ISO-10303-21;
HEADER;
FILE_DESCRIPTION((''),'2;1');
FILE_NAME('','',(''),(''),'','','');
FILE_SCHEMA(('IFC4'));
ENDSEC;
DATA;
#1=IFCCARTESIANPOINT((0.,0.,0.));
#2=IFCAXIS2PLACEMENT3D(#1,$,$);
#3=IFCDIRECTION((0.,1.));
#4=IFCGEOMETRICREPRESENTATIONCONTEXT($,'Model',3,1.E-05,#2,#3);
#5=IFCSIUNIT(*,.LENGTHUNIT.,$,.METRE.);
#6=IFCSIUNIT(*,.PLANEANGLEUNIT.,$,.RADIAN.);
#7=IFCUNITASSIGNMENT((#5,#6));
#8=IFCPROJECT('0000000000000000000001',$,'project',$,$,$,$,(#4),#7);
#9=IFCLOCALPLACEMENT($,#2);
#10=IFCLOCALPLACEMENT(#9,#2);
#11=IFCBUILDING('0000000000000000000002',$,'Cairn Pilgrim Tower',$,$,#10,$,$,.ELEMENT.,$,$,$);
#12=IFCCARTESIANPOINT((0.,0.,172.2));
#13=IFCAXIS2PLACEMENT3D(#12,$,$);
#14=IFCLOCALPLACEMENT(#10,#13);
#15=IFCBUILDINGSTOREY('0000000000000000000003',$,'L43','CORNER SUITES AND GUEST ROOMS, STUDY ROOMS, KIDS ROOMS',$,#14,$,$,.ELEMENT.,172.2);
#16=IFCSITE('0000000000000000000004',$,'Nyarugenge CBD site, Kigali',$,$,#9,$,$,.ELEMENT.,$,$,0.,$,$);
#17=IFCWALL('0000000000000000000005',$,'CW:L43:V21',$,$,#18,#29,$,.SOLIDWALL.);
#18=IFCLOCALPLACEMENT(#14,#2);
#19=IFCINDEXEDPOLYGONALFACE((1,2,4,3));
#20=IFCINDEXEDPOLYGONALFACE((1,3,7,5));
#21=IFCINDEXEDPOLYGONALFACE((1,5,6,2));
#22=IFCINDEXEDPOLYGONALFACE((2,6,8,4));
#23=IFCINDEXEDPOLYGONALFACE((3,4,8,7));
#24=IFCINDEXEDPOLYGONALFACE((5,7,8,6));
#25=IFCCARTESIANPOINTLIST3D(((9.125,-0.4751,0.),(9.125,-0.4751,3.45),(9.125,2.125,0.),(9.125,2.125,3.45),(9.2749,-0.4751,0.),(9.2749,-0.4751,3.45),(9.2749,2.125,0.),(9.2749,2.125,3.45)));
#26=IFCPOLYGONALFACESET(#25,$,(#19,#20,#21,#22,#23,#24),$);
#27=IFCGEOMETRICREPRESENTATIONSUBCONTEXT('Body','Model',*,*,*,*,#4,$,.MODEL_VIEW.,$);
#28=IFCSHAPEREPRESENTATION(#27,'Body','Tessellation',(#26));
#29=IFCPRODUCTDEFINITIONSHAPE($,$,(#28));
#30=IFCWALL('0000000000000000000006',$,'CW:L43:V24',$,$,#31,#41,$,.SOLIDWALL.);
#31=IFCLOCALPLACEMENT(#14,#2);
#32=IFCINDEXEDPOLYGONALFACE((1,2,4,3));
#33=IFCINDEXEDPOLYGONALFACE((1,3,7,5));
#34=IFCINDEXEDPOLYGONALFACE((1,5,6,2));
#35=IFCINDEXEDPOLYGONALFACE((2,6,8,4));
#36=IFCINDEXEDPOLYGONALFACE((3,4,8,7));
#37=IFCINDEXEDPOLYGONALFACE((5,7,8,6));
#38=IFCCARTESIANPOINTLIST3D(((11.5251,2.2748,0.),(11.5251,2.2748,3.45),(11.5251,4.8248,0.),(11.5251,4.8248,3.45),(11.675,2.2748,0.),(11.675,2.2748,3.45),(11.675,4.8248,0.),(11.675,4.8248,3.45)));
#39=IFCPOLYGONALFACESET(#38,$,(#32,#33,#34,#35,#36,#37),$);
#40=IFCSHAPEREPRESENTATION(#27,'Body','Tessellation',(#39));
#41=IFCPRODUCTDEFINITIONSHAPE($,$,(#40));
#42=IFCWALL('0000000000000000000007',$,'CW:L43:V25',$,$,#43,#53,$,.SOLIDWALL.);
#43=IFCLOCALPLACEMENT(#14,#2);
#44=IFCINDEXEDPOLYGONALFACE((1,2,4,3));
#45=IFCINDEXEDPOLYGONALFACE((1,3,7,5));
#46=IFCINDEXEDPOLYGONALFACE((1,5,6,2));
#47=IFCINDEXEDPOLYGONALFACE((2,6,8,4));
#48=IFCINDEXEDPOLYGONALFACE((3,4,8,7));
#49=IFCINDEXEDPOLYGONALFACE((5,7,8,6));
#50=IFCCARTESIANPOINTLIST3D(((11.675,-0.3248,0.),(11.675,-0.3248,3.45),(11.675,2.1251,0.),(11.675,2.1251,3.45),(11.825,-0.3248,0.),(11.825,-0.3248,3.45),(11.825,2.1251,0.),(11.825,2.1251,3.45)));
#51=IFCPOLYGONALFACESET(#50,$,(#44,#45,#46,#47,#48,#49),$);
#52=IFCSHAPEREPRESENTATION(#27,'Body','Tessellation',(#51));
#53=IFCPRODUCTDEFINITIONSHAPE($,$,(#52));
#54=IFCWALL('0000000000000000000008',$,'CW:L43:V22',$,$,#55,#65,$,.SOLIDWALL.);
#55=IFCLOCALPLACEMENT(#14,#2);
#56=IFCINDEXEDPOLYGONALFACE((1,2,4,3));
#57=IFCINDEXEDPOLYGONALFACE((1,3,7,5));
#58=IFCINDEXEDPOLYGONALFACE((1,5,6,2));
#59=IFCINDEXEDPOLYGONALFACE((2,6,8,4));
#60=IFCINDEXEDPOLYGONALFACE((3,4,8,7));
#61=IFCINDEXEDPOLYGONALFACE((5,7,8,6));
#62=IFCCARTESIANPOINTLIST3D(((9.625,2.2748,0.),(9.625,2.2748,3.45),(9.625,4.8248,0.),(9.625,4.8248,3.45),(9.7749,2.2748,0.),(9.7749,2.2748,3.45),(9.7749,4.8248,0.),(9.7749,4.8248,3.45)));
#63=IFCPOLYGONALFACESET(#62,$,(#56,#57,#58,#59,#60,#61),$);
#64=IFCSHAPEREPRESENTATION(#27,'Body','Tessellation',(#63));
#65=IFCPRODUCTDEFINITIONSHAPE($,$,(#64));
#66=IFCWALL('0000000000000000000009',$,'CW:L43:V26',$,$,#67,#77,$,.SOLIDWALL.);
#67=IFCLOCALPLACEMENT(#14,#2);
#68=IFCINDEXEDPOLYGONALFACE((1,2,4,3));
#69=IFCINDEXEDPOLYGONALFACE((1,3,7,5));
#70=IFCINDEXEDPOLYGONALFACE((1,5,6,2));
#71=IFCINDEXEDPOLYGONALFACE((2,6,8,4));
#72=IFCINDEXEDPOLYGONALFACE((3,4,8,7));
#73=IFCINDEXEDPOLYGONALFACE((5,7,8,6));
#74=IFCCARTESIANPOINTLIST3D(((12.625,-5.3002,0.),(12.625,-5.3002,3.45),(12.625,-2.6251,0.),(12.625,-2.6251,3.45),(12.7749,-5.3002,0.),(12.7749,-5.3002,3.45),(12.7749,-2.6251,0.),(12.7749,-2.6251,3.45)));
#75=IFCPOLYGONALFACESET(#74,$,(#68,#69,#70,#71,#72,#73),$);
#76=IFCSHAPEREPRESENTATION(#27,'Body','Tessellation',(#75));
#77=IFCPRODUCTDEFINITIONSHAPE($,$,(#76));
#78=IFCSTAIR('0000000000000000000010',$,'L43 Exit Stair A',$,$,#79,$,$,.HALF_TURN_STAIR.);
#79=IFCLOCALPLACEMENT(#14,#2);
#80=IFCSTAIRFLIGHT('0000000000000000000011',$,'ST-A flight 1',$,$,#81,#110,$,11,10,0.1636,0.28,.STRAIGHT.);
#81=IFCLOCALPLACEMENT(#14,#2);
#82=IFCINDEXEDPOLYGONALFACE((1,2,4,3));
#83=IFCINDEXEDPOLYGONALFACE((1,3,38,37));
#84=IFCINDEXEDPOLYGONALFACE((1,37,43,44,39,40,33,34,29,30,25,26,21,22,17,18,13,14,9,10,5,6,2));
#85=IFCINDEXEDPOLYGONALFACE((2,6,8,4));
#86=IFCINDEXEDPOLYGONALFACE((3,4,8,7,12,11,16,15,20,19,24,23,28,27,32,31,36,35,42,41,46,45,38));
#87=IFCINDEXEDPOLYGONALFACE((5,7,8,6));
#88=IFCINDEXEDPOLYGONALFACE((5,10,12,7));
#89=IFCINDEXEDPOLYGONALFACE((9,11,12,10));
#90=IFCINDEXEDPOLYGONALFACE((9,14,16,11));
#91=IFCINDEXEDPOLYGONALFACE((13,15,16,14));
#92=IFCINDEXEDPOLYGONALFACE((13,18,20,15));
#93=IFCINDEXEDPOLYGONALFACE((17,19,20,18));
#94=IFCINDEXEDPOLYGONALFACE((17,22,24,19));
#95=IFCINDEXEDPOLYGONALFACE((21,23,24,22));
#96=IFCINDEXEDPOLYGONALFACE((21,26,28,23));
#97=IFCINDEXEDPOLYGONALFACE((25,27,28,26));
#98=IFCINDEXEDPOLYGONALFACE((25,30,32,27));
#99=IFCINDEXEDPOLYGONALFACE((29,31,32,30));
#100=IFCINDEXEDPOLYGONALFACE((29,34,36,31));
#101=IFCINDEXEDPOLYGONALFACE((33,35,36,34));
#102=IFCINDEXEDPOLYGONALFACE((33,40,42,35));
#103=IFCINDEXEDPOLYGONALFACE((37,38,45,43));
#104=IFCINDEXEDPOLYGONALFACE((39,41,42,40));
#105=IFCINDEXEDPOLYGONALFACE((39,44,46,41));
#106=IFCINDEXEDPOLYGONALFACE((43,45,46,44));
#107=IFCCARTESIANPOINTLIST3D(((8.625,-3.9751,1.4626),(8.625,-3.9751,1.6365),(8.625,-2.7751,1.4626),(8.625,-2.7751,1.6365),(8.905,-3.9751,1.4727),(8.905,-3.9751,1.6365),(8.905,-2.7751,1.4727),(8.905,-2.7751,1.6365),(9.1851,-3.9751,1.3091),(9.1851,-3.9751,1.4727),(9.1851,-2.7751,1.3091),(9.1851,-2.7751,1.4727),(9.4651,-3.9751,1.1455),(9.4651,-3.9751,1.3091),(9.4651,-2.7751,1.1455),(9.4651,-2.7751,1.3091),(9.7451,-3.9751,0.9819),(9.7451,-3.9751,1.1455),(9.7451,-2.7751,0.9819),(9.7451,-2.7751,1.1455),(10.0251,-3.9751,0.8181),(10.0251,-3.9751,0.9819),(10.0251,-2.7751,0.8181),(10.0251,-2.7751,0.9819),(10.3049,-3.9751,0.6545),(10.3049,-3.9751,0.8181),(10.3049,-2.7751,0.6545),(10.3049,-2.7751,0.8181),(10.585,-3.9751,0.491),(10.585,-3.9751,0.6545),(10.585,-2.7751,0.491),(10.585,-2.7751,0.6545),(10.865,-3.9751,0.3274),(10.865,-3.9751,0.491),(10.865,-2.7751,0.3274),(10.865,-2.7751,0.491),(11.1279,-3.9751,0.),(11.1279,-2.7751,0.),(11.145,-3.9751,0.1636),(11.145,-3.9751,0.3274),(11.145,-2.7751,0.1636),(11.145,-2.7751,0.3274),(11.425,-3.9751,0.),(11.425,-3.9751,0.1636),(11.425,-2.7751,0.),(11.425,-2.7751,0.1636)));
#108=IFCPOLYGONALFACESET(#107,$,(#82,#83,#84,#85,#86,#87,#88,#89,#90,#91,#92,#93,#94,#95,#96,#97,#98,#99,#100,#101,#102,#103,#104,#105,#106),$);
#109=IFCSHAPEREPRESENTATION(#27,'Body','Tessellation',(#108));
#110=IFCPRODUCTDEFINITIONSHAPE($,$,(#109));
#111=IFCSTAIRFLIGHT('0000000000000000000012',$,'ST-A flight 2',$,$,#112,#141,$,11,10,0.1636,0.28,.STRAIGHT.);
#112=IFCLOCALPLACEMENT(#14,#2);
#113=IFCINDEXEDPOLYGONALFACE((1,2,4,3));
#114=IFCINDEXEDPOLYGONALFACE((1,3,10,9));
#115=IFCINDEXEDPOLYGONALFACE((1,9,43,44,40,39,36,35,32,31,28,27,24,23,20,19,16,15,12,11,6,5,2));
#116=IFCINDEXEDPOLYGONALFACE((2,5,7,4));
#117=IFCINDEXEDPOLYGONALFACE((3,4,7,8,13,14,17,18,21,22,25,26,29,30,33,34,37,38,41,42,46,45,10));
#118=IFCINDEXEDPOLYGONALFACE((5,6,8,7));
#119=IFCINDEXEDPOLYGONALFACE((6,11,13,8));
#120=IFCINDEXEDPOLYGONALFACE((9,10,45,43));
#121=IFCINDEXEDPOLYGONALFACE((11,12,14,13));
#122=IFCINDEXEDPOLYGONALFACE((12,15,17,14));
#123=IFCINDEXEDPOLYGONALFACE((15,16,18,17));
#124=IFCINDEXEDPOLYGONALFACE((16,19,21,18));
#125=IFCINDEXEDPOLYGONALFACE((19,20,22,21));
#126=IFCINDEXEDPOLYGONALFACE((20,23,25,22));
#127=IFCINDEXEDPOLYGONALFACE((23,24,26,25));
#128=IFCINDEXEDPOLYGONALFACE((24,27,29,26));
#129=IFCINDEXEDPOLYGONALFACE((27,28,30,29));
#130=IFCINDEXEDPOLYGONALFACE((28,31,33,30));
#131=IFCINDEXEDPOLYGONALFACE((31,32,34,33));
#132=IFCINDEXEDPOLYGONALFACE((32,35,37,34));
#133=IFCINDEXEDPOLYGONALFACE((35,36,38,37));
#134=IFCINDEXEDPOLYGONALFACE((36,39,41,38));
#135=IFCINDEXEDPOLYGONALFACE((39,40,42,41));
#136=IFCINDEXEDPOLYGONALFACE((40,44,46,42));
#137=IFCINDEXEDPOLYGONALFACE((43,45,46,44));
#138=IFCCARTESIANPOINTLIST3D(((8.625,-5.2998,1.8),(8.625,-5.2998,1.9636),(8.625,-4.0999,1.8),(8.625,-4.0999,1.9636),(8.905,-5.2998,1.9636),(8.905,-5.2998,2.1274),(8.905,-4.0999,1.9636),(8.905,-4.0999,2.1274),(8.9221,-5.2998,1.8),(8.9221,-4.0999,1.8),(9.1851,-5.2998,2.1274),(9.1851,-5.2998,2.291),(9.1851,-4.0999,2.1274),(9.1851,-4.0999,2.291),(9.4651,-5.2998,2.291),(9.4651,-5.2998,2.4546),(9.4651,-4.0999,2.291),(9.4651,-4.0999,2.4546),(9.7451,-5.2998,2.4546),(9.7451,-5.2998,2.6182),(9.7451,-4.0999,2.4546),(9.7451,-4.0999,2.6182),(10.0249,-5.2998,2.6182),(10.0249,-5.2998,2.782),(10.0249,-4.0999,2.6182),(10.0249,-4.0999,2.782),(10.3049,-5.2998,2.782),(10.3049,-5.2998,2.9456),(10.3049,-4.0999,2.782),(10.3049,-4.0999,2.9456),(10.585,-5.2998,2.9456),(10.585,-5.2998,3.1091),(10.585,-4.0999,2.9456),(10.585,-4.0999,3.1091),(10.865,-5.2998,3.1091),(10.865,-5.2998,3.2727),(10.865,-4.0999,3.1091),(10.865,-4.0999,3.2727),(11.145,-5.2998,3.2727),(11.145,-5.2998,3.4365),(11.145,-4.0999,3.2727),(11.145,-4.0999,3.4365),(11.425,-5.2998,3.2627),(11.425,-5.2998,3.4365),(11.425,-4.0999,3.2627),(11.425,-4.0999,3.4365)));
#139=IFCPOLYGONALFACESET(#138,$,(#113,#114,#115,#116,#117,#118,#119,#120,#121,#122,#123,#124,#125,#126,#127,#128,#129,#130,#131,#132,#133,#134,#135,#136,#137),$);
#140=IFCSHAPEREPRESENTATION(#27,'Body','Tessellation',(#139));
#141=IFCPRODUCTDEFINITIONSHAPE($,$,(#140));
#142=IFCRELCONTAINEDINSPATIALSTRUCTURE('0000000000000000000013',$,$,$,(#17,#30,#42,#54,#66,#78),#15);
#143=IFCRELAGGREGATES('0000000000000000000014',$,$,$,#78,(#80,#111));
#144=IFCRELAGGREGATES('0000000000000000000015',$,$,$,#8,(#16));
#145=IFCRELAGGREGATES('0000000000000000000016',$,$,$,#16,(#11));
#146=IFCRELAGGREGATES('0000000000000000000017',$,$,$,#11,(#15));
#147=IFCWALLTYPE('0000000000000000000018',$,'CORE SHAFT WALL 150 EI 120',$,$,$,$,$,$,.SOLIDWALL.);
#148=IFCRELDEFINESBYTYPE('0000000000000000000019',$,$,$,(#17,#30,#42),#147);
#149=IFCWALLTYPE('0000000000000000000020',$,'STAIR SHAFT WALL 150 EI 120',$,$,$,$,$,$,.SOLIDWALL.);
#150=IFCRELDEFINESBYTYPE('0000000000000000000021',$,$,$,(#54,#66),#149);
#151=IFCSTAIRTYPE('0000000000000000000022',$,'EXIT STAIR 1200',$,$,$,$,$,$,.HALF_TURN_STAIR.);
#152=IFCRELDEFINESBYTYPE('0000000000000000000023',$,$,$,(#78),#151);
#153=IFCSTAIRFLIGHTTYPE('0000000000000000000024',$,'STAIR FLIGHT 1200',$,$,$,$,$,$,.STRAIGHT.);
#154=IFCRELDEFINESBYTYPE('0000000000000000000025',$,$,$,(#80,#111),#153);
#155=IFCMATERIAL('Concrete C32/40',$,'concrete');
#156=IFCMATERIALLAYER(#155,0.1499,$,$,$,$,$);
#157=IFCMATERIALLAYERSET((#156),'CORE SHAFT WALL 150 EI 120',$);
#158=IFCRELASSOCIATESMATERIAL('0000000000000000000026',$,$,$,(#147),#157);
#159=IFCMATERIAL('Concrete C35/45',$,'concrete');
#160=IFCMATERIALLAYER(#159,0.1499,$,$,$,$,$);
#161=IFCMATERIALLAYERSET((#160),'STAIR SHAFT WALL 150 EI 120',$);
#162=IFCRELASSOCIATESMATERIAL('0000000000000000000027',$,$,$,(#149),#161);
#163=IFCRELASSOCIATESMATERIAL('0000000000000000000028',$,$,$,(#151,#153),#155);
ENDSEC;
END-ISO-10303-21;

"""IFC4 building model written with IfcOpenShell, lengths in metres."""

from ifc_helpers import new_model, si_unit, direction, frame, frame_2d, origin, place, context, subcontext, project, spatial, polyline, rectangle, outline, extrude, material, layer, layer_set, type_object, element, aggregate, save


model = new_model("IFC4")

# Units and contexts
model_context = context("Model", 3, precision=1e-05, world=origin(), true_north=direction((0.0, 1.0)))
body_context = subcontext(model_context, "Body", "Model", "MODEL_VIEW")
ifc_project = project(units=[si_unit("LENGTHUNIT", "METRE"), si_unit("PLANEANGLEUNIT", "RADIAN")], contexts=[model_context])

# Site, building, storey
site_placement = place(None, origin())
site = spatial("IfcSite", under=ifc_project, at=site_placement, Name="Nyarugenge CBD site, Kigali", CompositionType="ELEMENT", RefElevation=0.0)
building_placement = place(site_placement, origin())
building = spatial("IfcBuilding", under=site, at=building_placement, Name="Cairn Pilgrim Tower", CompositionType="ELEMENT")
storey_placement = place(building_placement, frame((0.0, 0.0, 172.2)))
storey = spatial("IfcBuildingStorey", under=building, at=storey_placement, Name="L43", Description="CORNER SUITES AND GUEST ROOMS, STUDY ROOMS, KIDS ROOMS", CompositionType="ELEMENT", Elevation=172.2)

# Shared definitions
ifc_material_1 = material(Name="Concrete C32/40", Category="concrete")

# Shared definitions
ifc_layer_1 = layer(ifc_material_1, 0.1499)
ifc_layer_set_1 = layer_set([ifc_layer_1], Name="CORE SHAFT WALL 150 EI 120")
wall_type_1 = type_object("IfcWallType", Name="CORE SHAFT WALL 150 EI 120", PredefinedType="SOLIDWALL", material=ifc_layer_set_1)

# Walls
wall_1_placement = place(storey_placement, frame((9.2, -0.4751, 0.0), z_axis=(0.0, 0.0, 1.0), x_axis=(0.0, 1.0, 0.0)))
element("IfcWall", 1, at=wall_1_placement, inside=storey, type_object=wall_type_1, Name="CW:L43:V21", PredefinedType="SOLIDWALL", context=body_context, shape_type="SweptSolid", body=[
    extrude(rectangle(XDim=2.6001, YDim=0.1499, at=frame_2d((1.3, 0.0))), origin(), (0.0, 0.0, 1.0), 3.45),
])
wall_2_placement = place(storey_placement, frame((11.6001, 2.2749, 0.0), z_axis=(0.0, 0.0, 1.0), x_axis=(0.0, 1.0, 0.0)))
element("IfcWall", 2, at=wall_2_placement, inside=storey, type_object=wall_type_1, Name="CW:L43:V24", PredefinedType="SOLIDWALL", context=body_context, shape_type="SweptSolid", body=[
    extrude(rectangle(XDim=2.55, YDim=0.1499, at=frame_2d((1.2749, 0.0))), origin(), (0.0, 0.0, 1.0), 3.45),
])
wall_3_placement = place(storey_placement, frame((11.75, -0.325, 0.0), z_axis=(0.0, 0.0, 1.0), x_axis=(0.0, 1.0, 0.0)))
element("IfcWall", 3, at=wall_3_placement, inside=storey, type_object=wall_type_1, Name="CW:L43:V25", PredefinedType="SOLIDWALL", context=body_context, shape_type="SweptSolid", body=[
    extrude(rectangle(XDim=2.45, YDim=0.1499, at=frame_2d((1.2251, 0.0))), origin(), (0.0, 0.0, 1.0), 3.45),
])
ifc_material_2 = material(Name="Concrete C35/45", Category="concrete")
ifc_layer_2 = layer(ifc_material_2, 0.1499)
ifc_layer_set_2 = layer_set([ifc_layer_2], Name="STAIR SHAFT WALL 150 EI 120")
wall_type_2 = type_object("IfcWallType", Name="STAIR SHAFT WALL 150 EI 120", PredefinedType="SOLIDWALL", material=ifc_layer_set_2)
wall_4_placement = place(storey_placement, frame((9.7, 2.2749, 0.0), z_axis=(0.0, 0.0, 1.0), x_axis=(0.0, 1.0, 0.0)))
element("IfcWall", 4, at=wall_4_placement, inside=storey, type_object=wall_type_2, Name="CW:L43:V22", PredefinedType="SOLIDWALL", context=body_context, shape_type="SweptSolid", body=[
    extrude(rectangle(XDim=2.55, YDim=0.1499, at=frame_2d((1.2749, 0.0))), origin(), (0.0, 0.0, 1.0), 3.45),
])
wall_5_placement = place(storey_placement, frame((12.7, -5.3, 0.0), z_axis=(0.0, 0.0, 1.0), x_axis=(0.0, 1.0, 0.0)))
element("IfcWall", 5, at=wall_5_placement, inside=storey, type_object=wall_type_2, Name="CW:L43:V26", PredefinedType="SOLIDWALL", context=body_context, shape_type="SweptSolid", body=[
    extrude(rectangle(XDim=2.675, YDim=0.1499, at=frame_2d((1.3374, 0.0))), origin(), (0.0, 0.0, 1.0), 3.45),
])

# Stair, stair flights
stair_type = type_object("IfcStairType", Name="EXIT STAIR 1200", PredefinedType="HALF_TURN_STAIR", material=ifc_material_1)
stair_placement = place(storey_placement, origin())
stair = element("IfcStair", 6, at=stair_placement, inside=storey, type_object=stair_type, Name="L43 Exit Stair A", PredefinedType="HALF_TURN_STAIR")
stair_flight_type = type_object("IfcStairFlightType", Name="STAIR FLIGHT 1200", PredefinedType="STRAIGHT", material=ifc_material_1)
stair_flight_1_placement = place(storey_placement, frame((11.425, -3.375, 0.0), z_axis=(0.0, 0.0, 1.0), x_axis=(-1.0, 0.0, 0.0)))
stair_flight_1 = element("IfcStairFlight", 7, at=stair_flight_1_placement, type_object=stair_flight_type, Name="ST-A flight 1", NumberOfRisers=11, NumberOfTreads=10, PredefinedType="STRAIGHT", RiserHeight=0.1636, TreadLength=0.28, context=body_context, shape_type="SweptSolid", body=[
    extrude(outline(polyline([(0.0, 0.0), (0.0, 0.1636), (0.28, 0.1636), (0.28, 0.3274), (0.5601, 0.3274), (0.5601, 0.491), (0.8401, 0.491), (0.8401, 0.6545), (1.1201, 0.6545), (1.1201, 0.8181), (1.3999, 0.8181), (1.3999, 0.9819), (1.6799, 0.9819), (1.6799, 1.1455), (1.96, 1.1455), (1.96, 1.3091), (2.24, 1.3091), (2.24, 1.4727), (2.52, 1.4727), (2.52, 1.6365), (2.8, 1.6365), (2.8, 1.8), (2.8, 1.4626), (0.2971, 0.0), (0.0, 0.0)])), frame((0.0, 0.6001, 0.0), z_axis=(0.0, -1.0, 0.0), x_axis=(1.0, 0.0, 0.0)), (0.0, 0.0, 1.0), 1.2),
])
stair_flight_2_placement = place(storey_placement, frame((8.625, -4.7, 1.8), z_axis=(0.0, 0.0, 1.0), x_axis=(1.0, 0.0, 0.0)))
stair_flight_2 = element("IfcStairFlight", 8, at=stair_flight_2_placement, type_object=stair_flight_type, Name="ST-A flight 2", NumberOfRisers=11, NumberOfTreads=10, PredefinedType="STRAIGHT", RiserHeight=0.1636, TreadLength=0.28, context=body_context, shape_type="SweptSolid", body=[
    extrude(outline(polyline([(0.0, 0.0), (0.0, 0.1636), (0.28, 0.1636), (0.28, 0.3274), (0.5601, 0.3274), (0.5601, 0.491), (0.8401, 0.491), (0.8401, 0.6545), (1.1201, 0.6545), (1.1201, 0.8181), (1.3999, 0.8181), (1.3999, 0.9819), (1.6799, 0.9819), (1.6799, 1.1455), (1.96, 1.1455), (1.96, 1.3091), (2.24, 1.3091), (2.24, 1.4727), (2.52, 1.4727), (2.52, 1.6365), (2.8, 1.6365), (2.8, 1.8), (2.8, 1.4626), (0.2971, 0.0), (0.0, 0.0)])), frame((0.0, 0.6001, 0.0), z_axis=(0.0, -1.0, 0.0), x_axis=(1.0, 0.0, 0.0)), (0.0, 0.0, 1.0), 1.2),
])
aggregate(stair, [stair_flight_1, stair_flight_2])

save(model, "model.ifc")
